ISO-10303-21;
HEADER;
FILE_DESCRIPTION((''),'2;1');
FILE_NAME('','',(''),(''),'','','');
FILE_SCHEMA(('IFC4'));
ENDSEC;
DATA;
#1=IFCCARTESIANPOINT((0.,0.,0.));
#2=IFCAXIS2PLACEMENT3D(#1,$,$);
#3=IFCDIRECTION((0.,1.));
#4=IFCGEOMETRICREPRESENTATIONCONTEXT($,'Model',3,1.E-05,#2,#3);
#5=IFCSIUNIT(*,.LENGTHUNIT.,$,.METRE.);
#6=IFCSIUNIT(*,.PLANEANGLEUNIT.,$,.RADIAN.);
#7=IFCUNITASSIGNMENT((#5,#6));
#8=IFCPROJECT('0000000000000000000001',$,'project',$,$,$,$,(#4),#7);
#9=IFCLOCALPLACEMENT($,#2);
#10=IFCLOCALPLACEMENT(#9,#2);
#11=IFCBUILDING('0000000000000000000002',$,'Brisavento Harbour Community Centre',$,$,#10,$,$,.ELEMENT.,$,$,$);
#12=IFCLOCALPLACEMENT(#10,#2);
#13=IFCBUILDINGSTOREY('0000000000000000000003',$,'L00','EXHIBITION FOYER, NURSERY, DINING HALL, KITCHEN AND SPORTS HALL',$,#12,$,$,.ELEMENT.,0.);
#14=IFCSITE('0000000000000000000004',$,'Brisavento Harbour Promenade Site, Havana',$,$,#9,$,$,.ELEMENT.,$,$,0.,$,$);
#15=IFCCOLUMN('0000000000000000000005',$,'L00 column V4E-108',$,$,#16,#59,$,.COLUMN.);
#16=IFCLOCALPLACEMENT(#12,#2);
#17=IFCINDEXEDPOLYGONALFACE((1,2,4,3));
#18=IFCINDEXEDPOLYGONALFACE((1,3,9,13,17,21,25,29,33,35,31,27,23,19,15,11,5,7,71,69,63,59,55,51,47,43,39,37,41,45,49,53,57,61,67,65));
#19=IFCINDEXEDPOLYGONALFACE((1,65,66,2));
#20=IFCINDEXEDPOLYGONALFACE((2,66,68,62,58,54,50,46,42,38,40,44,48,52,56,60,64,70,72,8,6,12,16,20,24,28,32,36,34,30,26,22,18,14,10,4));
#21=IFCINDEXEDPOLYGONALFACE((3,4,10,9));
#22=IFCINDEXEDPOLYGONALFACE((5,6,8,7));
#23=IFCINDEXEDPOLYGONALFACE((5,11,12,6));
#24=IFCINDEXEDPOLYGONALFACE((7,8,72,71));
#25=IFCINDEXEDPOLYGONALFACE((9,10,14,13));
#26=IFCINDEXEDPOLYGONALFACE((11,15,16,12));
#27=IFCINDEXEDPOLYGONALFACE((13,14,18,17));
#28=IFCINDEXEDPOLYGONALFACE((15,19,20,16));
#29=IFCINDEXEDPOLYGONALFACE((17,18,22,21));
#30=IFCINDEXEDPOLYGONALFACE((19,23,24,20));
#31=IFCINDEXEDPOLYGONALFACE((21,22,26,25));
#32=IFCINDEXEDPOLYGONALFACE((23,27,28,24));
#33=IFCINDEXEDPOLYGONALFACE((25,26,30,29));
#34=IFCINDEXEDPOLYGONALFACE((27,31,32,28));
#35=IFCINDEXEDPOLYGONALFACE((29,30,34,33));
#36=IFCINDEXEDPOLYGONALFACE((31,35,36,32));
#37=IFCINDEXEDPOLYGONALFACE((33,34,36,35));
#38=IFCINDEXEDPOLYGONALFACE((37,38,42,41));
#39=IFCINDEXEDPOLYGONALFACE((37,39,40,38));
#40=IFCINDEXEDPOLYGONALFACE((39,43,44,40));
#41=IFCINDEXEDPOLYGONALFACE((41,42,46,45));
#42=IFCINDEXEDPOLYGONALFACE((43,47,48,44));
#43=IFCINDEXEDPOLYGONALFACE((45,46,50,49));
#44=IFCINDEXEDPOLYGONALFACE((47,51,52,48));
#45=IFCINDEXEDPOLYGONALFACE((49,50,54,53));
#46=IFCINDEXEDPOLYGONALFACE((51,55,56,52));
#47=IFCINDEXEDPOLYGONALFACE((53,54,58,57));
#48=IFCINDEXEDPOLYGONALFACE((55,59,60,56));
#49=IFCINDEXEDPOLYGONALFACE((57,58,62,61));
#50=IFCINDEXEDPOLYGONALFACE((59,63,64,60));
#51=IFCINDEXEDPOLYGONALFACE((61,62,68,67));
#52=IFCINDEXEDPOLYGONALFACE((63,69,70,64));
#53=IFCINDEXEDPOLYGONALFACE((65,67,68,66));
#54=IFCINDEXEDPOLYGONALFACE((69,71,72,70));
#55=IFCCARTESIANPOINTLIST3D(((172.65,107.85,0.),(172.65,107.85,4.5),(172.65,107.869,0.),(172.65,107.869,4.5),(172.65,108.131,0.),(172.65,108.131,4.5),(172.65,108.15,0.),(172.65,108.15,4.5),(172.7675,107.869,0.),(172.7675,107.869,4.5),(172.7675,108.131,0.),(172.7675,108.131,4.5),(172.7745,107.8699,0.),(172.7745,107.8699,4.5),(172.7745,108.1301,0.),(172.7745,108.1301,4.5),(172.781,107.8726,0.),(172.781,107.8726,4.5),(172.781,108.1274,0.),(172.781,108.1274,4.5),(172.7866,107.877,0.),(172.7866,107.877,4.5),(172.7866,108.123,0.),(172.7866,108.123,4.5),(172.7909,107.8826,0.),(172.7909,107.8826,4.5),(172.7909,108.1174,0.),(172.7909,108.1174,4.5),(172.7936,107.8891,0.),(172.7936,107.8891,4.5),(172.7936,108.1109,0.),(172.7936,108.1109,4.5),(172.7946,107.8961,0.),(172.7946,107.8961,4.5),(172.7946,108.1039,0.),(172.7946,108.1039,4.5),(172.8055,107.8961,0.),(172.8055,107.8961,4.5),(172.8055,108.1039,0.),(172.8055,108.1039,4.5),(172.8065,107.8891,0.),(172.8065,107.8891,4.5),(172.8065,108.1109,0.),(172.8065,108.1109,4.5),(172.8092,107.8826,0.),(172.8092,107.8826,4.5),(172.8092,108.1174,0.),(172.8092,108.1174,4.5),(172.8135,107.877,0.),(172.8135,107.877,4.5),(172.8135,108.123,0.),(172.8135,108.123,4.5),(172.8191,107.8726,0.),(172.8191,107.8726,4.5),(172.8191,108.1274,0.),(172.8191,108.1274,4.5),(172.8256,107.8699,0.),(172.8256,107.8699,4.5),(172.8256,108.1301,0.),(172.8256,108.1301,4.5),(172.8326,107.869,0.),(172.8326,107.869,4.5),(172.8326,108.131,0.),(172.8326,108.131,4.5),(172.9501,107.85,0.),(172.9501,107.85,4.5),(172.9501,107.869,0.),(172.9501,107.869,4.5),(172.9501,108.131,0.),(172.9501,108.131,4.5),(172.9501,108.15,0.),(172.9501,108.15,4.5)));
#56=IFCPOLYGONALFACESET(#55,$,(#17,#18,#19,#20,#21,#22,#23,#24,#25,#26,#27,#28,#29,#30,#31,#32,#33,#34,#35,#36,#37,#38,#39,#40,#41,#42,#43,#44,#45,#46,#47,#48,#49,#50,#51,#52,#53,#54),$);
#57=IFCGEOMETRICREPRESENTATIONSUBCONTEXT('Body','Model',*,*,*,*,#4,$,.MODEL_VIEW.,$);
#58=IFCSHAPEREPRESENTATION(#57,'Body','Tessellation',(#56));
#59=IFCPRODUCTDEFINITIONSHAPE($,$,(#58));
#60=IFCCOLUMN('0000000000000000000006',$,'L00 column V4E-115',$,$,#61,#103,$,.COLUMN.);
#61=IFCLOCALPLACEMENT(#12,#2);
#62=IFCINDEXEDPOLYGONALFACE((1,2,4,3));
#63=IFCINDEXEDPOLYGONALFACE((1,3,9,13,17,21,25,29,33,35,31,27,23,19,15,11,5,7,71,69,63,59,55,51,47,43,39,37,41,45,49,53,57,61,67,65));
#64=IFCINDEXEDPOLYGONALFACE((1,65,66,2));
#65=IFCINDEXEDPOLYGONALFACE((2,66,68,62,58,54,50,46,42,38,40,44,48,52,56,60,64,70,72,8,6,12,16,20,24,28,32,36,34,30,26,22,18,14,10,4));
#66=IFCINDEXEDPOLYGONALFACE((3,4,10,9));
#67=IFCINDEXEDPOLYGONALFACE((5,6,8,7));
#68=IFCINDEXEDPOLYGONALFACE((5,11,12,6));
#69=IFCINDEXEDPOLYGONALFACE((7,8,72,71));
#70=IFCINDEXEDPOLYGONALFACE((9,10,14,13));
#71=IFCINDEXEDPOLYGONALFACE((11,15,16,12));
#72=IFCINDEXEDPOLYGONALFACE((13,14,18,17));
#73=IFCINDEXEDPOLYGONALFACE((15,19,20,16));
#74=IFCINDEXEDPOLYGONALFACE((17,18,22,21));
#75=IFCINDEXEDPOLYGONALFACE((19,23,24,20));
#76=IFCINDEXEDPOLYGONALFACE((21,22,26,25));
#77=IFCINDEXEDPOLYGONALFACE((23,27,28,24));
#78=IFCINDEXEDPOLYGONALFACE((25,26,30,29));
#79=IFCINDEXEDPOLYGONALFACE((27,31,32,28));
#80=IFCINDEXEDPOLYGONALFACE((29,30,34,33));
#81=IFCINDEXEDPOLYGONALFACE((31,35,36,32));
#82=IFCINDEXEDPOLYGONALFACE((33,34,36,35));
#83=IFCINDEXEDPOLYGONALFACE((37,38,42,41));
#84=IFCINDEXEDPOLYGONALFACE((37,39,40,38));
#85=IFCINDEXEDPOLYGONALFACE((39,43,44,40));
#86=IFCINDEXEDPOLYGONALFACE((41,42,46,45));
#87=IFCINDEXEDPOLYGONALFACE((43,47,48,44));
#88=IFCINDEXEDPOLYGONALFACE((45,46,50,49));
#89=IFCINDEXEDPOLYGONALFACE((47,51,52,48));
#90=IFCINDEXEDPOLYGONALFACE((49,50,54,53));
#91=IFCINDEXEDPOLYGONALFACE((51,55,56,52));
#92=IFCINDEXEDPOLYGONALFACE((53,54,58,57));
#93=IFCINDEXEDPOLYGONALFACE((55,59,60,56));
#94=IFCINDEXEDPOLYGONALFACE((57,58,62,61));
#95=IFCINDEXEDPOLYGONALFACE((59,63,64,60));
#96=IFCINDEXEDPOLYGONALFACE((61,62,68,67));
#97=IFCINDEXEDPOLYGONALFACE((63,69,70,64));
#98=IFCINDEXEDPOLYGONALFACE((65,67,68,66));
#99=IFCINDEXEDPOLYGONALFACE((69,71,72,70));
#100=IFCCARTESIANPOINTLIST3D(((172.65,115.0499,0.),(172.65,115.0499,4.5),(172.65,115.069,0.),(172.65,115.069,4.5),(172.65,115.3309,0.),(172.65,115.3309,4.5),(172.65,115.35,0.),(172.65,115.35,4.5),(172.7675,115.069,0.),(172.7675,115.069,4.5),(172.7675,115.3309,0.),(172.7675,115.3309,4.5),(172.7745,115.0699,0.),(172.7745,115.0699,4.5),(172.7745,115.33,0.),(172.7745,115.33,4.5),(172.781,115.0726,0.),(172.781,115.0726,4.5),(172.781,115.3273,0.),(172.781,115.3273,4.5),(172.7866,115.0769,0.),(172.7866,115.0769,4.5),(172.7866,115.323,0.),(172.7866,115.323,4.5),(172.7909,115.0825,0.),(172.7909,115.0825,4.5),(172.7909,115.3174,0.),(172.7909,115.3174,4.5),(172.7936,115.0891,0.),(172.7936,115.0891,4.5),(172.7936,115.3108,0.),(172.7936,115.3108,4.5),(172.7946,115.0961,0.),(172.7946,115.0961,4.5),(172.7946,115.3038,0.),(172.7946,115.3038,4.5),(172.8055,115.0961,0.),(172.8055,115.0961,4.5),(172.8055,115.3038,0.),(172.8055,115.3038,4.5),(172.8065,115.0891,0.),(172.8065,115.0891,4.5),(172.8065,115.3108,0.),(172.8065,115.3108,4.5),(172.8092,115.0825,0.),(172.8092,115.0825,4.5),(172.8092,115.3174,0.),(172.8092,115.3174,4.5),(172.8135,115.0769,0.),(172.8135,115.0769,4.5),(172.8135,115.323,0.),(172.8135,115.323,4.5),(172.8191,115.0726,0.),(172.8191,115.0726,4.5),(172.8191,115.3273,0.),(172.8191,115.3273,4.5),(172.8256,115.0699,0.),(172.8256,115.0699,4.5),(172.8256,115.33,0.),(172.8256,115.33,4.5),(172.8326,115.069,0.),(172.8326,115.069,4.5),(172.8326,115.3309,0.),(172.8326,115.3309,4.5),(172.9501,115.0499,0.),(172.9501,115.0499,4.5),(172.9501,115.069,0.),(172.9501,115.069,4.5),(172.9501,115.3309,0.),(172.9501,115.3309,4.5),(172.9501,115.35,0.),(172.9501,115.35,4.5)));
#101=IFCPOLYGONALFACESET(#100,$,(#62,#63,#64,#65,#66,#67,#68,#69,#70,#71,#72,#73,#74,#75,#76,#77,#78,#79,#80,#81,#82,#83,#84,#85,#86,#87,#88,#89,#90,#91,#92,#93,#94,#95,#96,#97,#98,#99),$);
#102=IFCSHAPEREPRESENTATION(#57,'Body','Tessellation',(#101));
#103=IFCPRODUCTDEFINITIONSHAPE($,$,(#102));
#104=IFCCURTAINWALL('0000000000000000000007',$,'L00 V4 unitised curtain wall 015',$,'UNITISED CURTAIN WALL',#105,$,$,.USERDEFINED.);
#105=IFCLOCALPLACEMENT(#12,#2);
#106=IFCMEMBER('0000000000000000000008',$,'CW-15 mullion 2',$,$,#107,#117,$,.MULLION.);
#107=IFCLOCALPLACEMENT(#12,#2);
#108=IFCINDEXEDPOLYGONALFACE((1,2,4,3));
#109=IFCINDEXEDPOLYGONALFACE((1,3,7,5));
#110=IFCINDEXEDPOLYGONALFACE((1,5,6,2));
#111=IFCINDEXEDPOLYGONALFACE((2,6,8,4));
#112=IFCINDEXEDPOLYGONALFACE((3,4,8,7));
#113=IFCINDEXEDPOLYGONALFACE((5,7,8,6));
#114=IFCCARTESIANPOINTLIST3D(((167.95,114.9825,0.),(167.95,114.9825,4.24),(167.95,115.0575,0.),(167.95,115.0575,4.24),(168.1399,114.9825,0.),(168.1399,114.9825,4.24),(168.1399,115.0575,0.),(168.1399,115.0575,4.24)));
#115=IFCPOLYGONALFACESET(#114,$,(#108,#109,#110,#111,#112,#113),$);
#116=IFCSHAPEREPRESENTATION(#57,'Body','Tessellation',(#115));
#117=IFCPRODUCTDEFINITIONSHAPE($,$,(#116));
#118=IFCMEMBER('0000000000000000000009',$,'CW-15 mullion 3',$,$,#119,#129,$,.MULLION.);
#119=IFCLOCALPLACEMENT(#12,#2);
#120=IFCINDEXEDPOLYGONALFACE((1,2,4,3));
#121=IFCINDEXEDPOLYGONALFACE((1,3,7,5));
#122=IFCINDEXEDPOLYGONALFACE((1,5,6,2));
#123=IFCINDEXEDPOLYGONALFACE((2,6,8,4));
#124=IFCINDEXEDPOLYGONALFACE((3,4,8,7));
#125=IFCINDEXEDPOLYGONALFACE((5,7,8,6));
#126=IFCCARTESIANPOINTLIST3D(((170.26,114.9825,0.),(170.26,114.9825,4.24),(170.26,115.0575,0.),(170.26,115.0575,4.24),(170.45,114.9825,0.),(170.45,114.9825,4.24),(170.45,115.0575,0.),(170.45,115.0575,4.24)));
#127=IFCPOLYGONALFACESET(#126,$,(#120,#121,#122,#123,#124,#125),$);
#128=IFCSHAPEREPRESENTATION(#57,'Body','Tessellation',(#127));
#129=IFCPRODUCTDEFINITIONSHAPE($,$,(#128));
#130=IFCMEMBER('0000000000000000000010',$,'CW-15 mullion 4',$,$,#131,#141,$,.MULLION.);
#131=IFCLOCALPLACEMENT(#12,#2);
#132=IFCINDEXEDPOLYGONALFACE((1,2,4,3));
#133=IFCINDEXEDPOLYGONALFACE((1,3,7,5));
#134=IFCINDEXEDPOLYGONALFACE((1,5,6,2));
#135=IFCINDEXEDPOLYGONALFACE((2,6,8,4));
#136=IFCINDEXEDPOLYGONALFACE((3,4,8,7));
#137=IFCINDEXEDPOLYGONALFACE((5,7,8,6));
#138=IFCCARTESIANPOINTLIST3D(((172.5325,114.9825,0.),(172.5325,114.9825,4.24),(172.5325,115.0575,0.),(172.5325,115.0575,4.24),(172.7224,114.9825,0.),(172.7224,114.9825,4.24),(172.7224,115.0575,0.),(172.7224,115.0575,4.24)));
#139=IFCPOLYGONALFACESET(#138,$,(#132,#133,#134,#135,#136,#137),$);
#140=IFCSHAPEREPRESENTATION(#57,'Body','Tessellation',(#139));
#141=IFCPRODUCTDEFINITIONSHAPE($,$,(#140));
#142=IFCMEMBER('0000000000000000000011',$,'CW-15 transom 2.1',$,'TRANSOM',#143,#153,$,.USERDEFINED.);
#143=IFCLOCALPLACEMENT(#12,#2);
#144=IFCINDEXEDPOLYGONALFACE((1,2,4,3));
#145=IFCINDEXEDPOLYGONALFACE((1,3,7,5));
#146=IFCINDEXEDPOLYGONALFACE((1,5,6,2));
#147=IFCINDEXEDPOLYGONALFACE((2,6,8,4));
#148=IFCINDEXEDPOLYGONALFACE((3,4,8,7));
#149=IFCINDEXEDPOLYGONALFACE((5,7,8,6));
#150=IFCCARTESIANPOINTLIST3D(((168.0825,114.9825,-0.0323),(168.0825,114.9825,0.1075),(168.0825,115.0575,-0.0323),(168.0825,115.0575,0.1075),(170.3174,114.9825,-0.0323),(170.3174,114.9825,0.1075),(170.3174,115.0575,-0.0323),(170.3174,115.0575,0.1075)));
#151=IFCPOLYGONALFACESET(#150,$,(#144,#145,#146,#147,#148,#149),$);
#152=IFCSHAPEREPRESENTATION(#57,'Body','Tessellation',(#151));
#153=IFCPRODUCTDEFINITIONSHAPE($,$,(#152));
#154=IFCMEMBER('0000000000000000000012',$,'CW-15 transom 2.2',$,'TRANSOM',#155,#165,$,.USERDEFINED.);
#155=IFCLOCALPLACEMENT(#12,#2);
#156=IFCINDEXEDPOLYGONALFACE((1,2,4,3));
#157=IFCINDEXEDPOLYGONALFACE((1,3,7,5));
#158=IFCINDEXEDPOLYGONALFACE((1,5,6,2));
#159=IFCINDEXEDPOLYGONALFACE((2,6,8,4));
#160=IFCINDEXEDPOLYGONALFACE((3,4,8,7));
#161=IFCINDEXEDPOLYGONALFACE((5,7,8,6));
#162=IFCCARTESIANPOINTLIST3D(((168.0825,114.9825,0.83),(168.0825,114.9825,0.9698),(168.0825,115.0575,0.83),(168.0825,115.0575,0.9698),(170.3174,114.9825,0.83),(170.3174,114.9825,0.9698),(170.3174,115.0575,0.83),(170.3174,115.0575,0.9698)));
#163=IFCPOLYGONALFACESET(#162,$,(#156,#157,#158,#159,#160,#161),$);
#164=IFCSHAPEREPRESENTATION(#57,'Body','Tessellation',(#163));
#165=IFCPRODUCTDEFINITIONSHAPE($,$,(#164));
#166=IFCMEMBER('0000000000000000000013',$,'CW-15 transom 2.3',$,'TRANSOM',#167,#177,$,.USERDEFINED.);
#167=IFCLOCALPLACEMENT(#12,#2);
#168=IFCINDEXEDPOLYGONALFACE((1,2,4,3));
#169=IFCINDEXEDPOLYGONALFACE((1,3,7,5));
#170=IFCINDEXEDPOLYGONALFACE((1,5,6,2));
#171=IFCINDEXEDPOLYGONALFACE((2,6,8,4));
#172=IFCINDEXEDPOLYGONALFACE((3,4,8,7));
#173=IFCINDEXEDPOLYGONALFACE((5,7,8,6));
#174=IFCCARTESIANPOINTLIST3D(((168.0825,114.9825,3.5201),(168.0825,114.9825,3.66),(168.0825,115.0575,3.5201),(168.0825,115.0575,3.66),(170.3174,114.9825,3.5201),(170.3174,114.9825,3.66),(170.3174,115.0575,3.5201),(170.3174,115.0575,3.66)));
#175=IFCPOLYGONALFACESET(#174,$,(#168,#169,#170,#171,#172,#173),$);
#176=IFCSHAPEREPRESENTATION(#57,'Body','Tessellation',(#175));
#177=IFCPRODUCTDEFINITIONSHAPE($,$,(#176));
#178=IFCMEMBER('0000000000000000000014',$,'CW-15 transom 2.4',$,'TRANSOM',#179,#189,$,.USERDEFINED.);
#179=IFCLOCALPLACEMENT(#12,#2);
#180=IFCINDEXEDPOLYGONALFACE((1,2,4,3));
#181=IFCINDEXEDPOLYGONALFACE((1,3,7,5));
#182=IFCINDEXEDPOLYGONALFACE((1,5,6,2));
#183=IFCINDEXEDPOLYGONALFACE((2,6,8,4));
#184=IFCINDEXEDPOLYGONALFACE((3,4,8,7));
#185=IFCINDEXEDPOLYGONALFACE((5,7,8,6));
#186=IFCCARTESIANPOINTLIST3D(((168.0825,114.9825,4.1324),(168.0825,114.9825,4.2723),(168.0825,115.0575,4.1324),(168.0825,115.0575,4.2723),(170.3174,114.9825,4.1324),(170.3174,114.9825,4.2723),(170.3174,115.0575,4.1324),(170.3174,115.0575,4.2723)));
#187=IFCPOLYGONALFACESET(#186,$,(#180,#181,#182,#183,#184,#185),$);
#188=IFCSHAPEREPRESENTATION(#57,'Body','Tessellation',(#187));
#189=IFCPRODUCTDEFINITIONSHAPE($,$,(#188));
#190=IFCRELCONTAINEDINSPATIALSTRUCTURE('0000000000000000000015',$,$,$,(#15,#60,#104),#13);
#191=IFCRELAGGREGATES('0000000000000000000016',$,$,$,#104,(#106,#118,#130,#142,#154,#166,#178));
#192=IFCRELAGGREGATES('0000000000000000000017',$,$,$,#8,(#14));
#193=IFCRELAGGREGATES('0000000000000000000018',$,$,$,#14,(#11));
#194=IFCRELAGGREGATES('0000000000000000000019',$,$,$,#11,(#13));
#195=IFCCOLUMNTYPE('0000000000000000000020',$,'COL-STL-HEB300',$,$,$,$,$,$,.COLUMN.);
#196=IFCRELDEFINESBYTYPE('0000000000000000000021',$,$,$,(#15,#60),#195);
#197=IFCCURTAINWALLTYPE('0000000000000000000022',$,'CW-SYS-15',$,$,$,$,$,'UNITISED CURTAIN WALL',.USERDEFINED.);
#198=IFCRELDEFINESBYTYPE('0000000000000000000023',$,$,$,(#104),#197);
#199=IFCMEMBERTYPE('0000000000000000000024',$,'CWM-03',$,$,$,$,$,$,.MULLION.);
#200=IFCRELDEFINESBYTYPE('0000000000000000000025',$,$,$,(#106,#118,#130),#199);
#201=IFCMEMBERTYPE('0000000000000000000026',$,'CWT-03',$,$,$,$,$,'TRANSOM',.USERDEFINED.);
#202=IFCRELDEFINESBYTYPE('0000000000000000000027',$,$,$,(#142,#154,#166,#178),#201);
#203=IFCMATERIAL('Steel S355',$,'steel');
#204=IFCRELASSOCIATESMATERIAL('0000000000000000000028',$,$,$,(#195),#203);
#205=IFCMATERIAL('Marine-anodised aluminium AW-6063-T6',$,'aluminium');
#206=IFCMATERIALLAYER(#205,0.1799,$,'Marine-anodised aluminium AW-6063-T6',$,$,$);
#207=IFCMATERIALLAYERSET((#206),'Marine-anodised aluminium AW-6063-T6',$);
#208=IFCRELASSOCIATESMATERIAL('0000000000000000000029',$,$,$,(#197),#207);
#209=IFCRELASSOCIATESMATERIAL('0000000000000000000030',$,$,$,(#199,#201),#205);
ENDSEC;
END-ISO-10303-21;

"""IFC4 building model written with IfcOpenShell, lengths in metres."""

from ifc_helpers import new_model, si_unit, direction, frame, origin, origin_2d, place, context, subcontext, project, spatial, rectangle, i_section, extrude, material, layer, layer_set, material_profile, profile_set, type_object, element, aggregate, save


model = new_model("IFC4")

# Units and contexts
model_context = context("Model", 3, precision=1e-05, world=origin(), true_north=direction((0.0, 1.0)))
body_context = subcontext(model_context, "Body", "Model", "MODEL_VIEW")
ifc_project = project(units=[si_unit("LENGTHUNIT", "METRE"), si_unit("PLANEANGLEUNIT", "RADIAN")], contexts=[model_context])

# Site, building, storey
site_placement = place(None, origin())
site = spatial("IfcSite", under=ifc_project, at=site_placement, Name="Brisavento Harbour Promenade Site, Havana", CompositionType="ELEMENT", RefElevation=0.0)
building_placement = place(site_placement, origin())
building = spatial("IfcBuilding", under=site, at=building_placement, Name="Brisavento Harbour Community Centre", CompositionType="ELEMENT")
storey_placement = place(building_placement, origin())
storey = spatial("IfcBuildingStorey", under=building, at=storey_placement, Name="L00", Description="EXHIBITION FOYER, NURSERY, DINING HALL, KITCHEN AND SPORTS HALL", CompositionType="ELEMENT", Elevation=0.0)

# Columns
ifc_material_1 = material(Name="Steel S355", Category="steel")
ifc_material_profile_1 = material_profile(ifc_material_1, i_section(OverallWidth=0.3, OverallDepth=0.3, WebThickness=0.011, FlangeThickness=0.019, FilletRadius=0.0271, at=origin_2d()), Name="Steel S355")
ifc_profile_set_1 = profile_set([ifc_material_profile_1], Name="Steel S355")
column_type = type_object("IfcColumnType", Name="COL-STL-HEB300", PredefinedType="COLUMN", material=ifc_profile_set_1)
for number, where, z_axis, x_axis, name in (
    (1, (172.8, 108.0, 0.0), (0.0, 0.0, 1.0), (1.0, 0.0, 0.0), "L00 column V4E-108"),
    (2, (172.8, 115.2, 0.0), (0.0, 0.0, 1.0), (1.0, 0.0, 0.0), "L00 column V4E-115"),
):
    element("IfcColumn", number, at=place(storey_placement, frame(where, z_axis=z_axis, x_axis=x_axis)), inside=storey, type_object=column_type, Name=name, PredefinedType="COLUMN", context=body_context, shape_type="SweptSolid", body=[
        extrude(i_section(OverallWidth=0.3, OverallDepth=0.3, WebThickness=0.011, FlangeThickness=0.019, FilletRadius=0.0271, at=origin_2d()), origin(), (0.0, 0.0, 1.0), 4.5),
    ])

# Curtain wall, members
ifc_material_2 = material(Name="Marine-anodised aluminium AW-6063-T6", Category="aluminium")
ifc_layer_1 = layer(ifc_material_2, 0.1799, Name="Marine-anodised aluminium AW-6063-T6")
ifc_layer_set_1 = layer_set([ifc_layer_1], Name="Marine-anodised aluminium AW-6063-T6")
curtain_wall_type = type_object("IfcCurtainWallType", Name="CW-SYS-15", ElementType="UNITISED CURTAIN WALL", PredefinedType="USERDEFINED", material=ifc_layer_set_1)
curtain_wall_placement = place(storey_placement, origin())
curtain_wall = element("IfcCurtainWall", 3, at=curtain_wall_placement, inside=storey, type_object=curtain_wall_type, Name="L00 V4 unitised curtain wall 015", ObjectType="UNITISED CURTAIN WALL", PredefinedType="USERDEFINED")
ifc_material_profile_2 = material_profile(ifc_material_2, rectangle(XDim=0.075, YDim=0.1899, at=origin_2d()), Name="Marine-anodised aluminium AW-6063-T6")
ifc_profile_set_2 = profile_set([ifc_material_profile_2], Name="Marine-anodised aluminium AW-6063-T6")
member_type_1 = type_object("IfcMemberType", Name="CWM-03", PredefinedType="MULLION", material=ifc_profile_set_2)
member_1_placement = place(storey_placement, frame((168.0449, 115.02, 0.0), z_axis=(0.0, 0.0, 1.0), x_axis=(0.0, 1.0, 0.0)))
member_1 = element("IfcMember", 4, at=member_1_placement, type_object=member_type_1, Name="CW-15 mullion 2", PredefinedType="MULLION", context=body_context, shape_type="SweptSolid", body=[
    extrude(rectangle(XDim=0.075, YDim=0.1899, at=origin_2d()), origin(), (0.0, 0.0, 1.0), 4.24),
])
member_2_placement = place(storey_placement, frame((170.355, 115.02, 0.0), z_axis=(0.0, 0.0, 1.0), x_axis=(0.0, 1.0, 0.0)))
member_2 = element("IfcMember", 5, at=member_2_placement, type_object=member_type_1, Name="CW-15 mullion 3", PredefinedType="MULLION", context=body_context, shape_type="SweptSolid", body=[
    extrude(rectangle(XDim=0.075, YDim=0.1899, at=origin_2d()), origin(), (0.0, 0.0, 1.0), 4.24),
])
member_3_placement = place(storey_placement, frame((172.6274, 115.02, 0.0), z_axis=(0.0, 0.0, 1.0), x_axis=(0.0, 1.0, 0.0)))
member_3 = element("IfcMember", 6, at=member_3_placement, type_object=member_type_1, Name="CW-15 mullion 4", PredefinedType="MULLION", context=body_context, shape_type="SweptSolid", body=[
    extrude(rectangle(XDim=0.075, YDim=0.1899, at=origin_2d()), origin(), (0.0, 0.0, 1.0), 4.24),
])
ifc_material_profile_3 = material_profile(ifc_material_2, rectangle(XDim=0.075, YDim=0.1399, at=origin_2d()), Name="Marine-anodised aluminium AW-6063-T6")
ifc_profile_set_3 = profile_set([ifc_material_profile_3], Name="Marine-anodised aluminium AW-6063-T6")
member_type_2 = type_object("IfcMemberType", Name="CWT-03", ElementType="TRANSOM", PredefinedType="USERDEFINED", material=ifc_profile_set_3)
member_4_placement = place(storey_placement, frame((168.0825, 115.02, 0.0376), z_axis=(1.0, 0.0, 0.0), x_axis=(0.0, 1.0, 0.0)))
member_4 = element("IfcMember", 7, at=member_4_placement, type_object=member_type_2, Name="CW-15 transom 2.1", ObjectType="TRANSOM", PredefinedType="USERDEFINED", context=body_context, shape_type="SweptSolid", body=[
    extrude(rectangle(XDim=0.075, YDim=0.1399, at=origin_2d()), origin(), (0.0, 0.0, 1.0), 2.2349),
])
member_5_placement = place(storey_placement, frame((168.0825, 115.02, 0.8999), z_axis=(1.0, 0.0, 0.0), x_axis=(0.0, 1.0, 0.0)))
member_5 = element("IfcMember", 8, at=member_5_placement, type_object=member_type_2, Name="CW-15 transom 2.2", ObjectType="TRANSOM", PredefinedType="USERDEFINED", context=body_context, shape_type="SweptSolid", body=[
    extrude(rectangle(XDim=0.075, YDim=0.1399, at=origin_2d()), origin(), (0.0, 0.0, 1.0), 2.2349),
])
member_6_placement = place(storey_placement, frame((168.0825, 115.02, 3.5901), z_axis=(1.0, 0.0, 0.0), x_axis=(0.0, 1.0, 0.0)))
member_6 = element("IfcMember", 9, at=member_6_placement, type_object=member_type_2, Name="CW-15 transom 2.3", ObjectType="TRANSOM", PredefinedType="USERDEFINED", context=body_context, shape_type="SweptSolid", body=[
    extrude(rectangle(XDim=0.075, YDim=0.1399, at=origin_2d()), origin(), (0.0, 0.0, 1.0), 2.2349),
])
member_7_placement = place(storey_placement, frame((168.0825, 115.02, 4.2024), z_axis=(1.0, 0.0, 0.0), x_axis=(0.0, 1.0, 0.0)))
member_7 = element("IfcMember", 10, at=member_7_placement, type_object=member_type_2, Name="CW-15 transom 2.4", ObjectType="TRANSOM", PredefinedType="USERDEFINED", context=body_context, shape_type="SweptSolid", body=[
    extrude(rectangle(XDim=0.075, YDim=0.1399, at=origin_2d()), origin(), (0.0, 0.0, 1.0), 2.2349),
])
aggregate(curtain_wall, [member_1, member_2, member_3, member_4, member_5, member_6, member_7])

save(model, "model.ifc")
